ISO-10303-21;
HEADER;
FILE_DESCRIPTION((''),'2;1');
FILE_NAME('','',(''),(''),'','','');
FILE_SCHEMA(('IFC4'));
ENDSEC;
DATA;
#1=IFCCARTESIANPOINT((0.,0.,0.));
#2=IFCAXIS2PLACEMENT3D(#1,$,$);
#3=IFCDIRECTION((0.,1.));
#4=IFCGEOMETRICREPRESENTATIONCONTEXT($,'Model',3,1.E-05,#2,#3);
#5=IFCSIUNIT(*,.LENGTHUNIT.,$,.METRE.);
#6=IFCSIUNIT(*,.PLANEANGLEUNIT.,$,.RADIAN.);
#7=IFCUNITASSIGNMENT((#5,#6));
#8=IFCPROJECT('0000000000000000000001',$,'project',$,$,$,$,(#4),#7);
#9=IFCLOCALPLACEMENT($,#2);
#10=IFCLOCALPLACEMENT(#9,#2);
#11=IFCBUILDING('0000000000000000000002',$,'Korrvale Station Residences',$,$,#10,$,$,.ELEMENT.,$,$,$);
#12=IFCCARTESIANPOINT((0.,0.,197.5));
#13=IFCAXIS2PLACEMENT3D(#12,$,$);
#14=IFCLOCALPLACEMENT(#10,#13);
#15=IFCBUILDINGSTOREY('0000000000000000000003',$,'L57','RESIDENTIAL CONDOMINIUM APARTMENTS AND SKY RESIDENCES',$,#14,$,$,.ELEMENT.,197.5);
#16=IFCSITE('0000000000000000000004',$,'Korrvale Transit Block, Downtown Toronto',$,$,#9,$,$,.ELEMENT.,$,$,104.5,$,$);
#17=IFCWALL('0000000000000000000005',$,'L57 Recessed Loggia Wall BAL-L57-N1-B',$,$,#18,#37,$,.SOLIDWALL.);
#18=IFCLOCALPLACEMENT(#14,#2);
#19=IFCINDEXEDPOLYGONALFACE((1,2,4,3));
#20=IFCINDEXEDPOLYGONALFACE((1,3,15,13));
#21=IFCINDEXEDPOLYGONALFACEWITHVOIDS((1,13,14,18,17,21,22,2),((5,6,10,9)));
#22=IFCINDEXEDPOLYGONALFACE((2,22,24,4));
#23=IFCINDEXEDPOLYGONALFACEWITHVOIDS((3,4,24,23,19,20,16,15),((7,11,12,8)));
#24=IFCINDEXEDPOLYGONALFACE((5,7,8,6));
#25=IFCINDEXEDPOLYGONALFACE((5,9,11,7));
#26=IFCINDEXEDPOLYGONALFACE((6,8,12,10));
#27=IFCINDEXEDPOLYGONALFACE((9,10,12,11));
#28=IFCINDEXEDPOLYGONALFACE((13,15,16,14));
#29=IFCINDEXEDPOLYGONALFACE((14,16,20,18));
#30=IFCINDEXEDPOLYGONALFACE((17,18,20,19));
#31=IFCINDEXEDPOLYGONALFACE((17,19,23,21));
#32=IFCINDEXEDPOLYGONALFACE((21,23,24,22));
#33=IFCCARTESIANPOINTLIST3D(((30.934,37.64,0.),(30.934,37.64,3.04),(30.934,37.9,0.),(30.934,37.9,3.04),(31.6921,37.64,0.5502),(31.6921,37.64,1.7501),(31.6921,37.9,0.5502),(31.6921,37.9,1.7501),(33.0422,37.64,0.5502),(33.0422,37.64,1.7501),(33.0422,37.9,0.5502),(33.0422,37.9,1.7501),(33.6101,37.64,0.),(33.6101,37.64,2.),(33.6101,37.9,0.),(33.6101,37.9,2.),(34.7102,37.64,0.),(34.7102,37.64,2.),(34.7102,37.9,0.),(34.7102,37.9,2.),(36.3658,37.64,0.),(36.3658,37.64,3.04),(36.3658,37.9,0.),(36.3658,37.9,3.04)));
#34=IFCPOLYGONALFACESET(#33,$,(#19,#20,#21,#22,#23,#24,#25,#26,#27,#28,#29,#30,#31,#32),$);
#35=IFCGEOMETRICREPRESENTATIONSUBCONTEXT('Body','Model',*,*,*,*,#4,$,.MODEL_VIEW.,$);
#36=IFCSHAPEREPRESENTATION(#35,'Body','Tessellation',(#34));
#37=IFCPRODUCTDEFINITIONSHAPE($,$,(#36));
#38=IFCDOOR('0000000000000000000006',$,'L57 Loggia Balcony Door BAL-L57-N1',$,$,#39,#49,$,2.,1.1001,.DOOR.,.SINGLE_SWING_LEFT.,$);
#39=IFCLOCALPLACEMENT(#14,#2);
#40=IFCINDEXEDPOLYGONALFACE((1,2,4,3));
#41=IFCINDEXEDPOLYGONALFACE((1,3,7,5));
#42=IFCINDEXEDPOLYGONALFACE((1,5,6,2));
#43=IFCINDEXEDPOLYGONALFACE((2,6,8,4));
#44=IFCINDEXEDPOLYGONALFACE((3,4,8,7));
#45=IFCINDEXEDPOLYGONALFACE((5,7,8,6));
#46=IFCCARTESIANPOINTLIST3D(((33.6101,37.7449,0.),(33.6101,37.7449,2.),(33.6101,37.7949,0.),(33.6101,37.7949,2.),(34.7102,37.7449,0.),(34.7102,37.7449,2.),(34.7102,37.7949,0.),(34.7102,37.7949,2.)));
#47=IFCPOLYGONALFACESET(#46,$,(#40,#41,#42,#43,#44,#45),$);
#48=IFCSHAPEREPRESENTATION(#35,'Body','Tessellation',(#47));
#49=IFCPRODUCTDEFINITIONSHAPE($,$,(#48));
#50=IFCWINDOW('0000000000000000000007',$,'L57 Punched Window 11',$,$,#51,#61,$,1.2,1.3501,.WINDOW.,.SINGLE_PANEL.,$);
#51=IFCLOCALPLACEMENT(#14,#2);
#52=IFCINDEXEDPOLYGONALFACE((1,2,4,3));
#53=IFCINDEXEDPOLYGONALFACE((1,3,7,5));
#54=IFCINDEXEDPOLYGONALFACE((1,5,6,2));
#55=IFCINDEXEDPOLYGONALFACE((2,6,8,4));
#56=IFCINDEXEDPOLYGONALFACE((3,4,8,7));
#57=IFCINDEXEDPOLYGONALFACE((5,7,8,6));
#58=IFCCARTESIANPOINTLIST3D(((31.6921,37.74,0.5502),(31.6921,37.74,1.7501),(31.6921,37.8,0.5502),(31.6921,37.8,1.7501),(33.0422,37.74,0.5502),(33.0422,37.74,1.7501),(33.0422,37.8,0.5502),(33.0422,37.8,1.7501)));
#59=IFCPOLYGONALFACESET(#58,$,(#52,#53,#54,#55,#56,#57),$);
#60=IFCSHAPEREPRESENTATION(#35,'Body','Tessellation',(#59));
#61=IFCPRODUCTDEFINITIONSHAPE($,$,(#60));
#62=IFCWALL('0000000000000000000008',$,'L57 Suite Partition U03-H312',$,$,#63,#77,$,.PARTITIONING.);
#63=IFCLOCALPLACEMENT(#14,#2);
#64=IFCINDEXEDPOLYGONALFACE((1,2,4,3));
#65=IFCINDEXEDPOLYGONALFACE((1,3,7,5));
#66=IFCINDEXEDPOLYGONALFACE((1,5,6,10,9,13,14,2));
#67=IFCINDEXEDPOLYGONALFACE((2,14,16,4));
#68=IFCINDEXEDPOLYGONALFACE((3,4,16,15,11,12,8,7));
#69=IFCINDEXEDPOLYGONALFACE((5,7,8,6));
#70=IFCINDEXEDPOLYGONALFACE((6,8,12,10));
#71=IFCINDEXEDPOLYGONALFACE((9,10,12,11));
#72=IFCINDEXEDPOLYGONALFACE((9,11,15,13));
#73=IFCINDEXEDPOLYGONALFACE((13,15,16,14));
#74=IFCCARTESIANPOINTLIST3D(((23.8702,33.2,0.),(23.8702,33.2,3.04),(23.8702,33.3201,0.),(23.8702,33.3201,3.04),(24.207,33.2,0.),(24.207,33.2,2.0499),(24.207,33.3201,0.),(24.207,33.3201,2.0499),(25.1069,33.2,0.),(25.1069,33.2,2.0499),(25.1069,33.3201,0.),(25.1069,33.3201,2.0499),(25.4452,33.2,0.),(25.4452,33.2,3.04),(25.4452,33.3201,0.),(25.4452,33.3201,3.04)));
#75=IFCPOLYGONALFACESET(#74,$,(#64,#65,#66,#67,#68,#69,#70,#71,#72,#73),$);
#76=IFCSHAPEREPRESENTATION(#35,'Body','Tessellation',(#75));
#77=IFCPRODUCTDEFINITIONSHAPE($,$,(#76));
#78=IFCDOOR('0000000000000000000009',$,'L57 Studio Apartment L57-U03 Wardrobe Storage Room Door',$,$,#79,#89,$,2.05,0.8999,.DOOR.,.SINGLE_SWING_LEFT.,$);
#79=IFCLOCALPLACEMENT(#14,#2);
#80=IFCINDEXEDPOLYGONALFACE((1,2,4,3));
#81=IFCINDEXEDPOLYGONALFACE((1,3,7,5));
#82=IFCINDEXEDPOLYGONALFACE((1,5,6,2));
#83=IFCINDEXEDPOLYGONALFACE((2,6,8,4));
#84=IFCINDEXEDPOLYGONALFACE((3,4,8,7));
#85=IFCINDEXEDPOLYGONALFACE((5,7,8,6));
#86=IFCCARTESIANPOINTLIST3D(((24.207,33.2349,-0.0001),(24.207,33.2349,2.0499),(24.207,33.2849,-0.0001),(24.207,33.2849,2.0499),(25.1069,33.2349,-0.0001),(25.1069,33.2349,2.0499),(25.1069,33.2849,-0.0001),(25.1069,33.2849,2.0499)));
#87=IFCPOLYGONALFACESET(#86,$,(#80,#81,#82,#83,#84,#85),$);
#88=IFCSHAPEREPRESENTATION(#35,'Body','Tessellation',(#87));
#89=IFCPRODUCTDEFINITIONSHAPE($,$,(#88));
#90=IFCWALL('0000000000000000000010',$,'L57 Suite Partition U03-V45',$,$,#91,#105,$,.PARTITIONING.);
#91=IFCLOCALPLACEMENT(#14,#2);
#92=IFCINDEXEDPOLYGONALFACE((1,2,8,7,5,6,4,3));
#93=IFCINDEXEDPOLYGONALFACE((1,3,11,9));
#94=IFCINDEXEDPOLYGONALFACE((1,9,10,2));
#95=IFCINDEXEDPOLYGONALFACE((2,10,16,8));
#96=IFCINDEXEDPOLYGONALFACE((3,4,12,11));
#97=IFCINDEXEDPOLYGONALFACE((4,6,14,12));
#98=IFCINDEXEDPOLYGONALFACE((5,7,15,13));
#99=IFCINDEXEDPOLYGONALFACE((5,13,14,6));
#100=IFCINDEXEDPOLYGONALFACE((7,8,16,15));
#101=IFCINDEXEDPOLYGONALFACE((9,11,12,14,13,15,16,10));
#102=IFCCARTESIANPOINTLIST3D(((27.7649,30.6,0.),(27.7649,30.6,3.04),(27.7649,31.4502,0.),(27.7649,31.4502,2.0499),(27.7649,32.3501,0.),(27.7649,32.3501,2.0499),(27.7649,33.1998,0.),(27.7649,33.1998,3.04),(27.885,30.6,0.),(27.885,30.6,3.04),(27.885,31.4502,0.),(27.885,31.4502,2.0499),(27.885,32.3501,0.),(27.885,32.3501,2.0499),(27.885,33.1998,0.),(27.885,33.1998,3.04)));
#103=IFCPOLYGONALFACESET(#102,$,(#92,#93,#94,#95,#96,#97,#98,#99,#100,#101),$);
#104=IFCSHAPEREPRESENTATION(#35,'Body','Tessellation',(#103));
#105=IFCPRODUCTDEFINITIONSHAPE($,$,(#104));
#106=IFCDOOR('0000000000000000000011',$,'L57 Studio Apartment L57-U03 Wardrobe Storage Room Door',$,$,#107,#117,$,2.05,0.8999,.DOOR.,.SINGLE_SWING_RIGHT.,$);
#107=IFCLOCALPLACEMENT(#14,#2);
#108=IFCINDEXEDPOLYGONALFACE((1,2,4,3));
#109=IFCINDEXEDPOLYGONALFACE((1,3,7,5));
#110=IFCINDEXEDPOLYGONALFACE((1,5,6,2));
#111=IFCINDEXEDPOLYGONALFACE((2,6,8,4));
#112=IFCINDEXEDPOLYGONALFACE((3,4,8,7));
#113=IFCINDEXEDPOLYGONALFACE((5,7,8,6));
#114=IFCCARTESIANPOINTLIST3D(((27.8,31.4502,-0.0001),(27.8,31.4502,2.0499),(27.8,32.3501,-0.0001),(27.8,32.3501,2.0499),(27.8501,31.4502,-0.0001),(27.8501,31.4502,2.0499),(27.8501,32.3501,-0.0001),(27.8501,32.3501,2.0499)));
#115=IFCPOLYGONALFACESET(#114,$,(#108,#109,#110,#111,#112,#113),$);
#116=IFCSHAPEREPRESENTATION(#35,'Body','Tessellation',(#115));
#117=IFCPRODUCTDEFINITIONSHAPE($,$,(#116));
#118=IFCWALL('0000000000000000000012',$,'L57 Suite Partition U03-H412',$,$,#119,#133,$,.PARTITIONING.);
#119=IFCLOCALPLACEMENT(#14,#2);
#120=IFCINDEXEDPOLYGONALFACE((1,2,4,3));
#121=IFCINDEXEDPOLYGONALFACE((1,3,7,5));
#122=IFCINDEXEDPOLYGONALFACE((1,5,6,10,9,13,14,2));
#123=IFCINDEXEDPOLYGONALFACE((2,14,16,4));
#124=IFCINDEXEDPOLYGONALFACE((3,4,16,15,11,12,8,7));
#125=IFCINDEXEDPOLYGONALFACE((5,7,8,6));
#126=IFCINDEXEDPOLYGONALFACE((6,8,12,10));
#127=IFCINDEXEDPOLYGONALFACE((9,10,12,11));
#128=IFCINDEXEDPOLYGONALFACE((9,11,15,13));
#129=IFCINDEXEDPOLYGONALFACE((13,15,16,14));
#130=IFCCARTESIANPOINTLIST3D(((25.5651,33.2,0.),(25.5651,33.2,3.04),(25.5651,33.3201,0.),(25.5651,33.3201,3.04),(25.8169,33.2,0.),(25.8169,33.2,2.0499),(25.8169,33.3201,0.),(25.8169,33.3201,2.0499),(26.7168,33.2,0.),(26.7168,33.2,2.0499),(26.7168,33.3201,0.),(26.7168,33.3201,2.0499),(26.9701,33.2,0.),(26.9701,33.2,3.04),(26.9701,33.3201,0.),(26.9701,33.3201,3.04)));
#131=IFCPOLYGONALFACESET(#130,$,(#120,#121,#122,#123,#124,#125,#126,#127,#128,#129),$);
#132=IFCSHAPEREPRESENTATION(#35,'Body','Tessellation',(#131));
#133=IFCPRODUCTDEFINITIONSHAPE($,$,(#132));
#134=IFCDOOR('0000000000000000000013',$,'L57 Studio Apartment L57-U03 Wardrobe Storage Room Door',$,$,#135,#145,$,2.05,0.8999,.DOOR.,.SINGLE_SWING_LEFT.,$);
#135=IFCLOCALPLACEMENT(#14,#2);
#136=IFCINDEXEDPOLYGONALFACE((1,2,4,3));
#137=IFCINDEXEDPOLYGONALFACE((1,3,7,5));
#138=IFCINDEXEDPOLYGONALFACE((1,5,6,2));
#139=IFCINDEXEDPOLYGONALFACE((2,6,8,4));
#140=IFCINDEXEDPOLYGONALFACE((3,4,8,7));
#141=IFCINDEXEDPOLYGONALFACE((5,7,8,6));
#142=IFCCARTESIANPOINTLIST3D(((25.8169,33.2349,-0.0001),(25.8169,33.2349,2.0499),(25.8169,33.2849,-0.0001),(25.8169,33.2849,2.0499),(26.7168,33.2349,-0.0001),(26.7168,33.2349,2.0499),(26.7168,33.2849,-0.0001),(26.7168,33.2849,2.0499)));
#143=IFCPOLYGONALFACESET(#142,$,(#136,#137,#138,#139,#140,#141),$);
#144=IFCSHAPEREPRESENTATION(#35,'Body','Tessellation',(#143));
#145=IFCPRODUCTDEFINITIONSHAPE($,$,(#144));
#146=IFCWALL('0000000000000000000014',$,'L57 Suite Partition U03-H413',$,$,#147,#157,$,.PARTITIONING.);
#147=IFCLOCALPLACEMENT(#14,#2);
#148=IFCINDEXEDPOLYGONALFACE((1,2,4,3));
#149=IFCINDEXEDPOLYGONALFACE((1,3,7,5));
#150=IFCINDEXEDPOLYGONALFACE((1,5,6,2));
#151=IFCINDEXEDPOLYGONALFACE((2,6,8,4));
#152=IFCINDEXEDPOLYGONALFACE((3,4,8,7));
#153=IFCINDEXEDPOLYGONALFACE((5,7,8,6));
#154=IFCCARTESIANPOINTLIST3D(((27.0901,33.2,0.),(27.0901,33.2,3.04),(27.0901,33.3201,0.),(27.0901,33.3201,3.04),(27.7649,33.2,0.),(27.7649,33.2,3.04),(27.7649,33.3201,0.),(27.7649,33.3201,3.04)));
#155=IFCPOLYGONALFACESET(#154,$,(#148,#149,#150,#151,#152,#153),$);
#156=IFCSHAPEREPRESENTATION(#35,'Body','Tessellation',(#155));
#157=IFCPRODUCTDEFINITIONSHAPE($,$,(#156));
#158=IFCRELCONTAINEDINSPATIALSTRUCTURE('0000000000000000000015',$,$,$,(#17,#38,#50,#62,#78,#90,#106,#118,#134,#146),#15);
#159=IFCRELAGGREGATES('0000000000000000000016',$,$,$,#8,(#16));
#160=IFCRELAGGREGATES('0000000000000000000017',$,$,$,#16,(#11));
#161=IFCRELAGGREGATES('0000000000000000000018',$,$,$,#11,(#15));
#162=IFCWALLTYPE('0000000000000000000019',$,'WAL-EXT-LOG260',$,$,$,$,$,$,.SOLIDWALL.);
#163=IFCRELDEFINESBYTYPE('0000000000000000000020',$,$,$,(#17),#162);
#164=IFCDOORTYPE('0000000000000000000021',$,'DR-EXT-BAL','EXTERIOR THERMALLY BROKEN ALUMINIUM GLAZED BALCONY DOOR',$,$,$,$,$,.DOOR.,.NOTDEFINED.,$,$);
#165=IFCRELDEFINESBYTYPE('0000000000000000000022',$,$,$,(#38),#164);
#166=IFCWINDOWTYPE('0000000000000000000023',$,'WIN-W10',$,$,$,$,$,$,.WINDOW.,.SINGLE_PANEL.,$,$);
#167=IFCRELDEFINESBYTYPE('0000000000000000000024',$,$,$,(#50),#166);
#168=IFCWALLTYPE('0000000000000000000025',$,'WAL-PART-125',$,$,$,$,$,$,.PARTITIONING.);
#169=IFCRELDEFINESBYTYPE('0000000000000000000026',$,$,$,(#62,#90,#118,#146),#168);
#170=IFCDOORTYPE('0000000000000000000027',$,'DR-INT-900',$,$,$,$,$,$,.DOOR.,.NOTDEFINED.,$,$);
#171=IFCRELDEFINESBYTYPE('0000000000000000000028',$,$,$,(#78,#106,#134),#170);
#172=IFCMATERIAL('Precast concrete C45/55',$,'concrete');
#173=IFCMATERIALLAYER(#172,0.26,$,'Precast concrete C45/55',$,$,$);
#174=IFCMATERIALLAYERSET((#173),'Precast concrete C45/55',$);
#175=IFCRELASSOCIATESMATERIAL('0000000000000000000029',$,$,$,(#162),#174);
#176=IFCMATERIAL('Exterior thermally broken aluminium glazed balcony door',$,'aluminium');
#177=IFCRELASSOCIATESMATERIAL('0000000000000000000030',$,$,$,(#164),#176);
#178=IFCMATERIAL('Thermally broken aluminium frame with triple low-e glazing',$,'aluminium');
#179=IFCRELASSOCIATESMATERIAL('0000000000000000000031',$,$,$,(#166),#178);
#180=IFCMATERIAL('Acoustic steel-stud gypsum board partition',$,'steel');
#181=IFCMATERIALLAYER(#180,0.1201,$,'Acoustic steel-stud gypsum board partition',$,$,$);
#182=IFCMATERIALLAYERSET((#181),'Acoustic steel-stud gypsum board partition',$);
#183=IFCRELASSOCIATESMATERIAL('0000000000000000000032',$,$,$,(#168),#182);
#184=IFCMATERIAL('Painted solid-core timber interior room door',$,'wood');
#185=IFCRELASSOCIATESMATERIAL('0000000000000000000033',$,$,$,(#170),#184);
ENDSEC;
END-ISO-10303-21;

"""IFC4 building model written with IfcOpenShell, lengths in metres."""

from ifc_helpers import new_model, si_unit, direction, frame, frame_2d, origin, place, context, subcontext, project, spatial, rectangle, extrude, material, layer, layer_set, type_object, element, fill, save


model = new_model("IFC4")

# Units and contexts
model_context = context("Model", 3, precision=1e-05, world=origin(), true_north=direction((0.0, 1.0)))
body_context = subcontext(model_context, "Body", "Model", "MODEL_VIEW")
ifc_project = project(units=[si_unit("LENGTHUNIT", "METRE"), si_unit("PLANEANGLEUNIT", "RADIAN")], contexts=[model_context])

# Site, building, storey
site_placement = place(None, origin())
site = spatial("IfcSite", under=ifc_project, at=site_placement, Name="Korrvale Transit Block, Downtown Toronto", CompositionType="ELEMENT", RefElevation=104.5)
building_placement = place(site_placement, origin())
building = spatial("IfcBuilding", under=site, at=building_placement, Name="Korrvale Station Residences", CompositionType="ELEMENT")
storey_placement = place(building_placement, frame((0.0, 0.0, 197.5)))
storey = spatial("IfcBuildingStorey", under=building, at=storey_placement, Name="L57", Description="RESIDENTIAL CONDOMINIUM APARTMENTS AND SKY RESIDENCES", CompositionType="ELEMENT", Elevation=197.5)

# Shared definitions
ifc_material_1 = material(Name="Precast concrete C45/55", Category="concrete")
ifc_layer_1 = layer(ifc_material_1, 0.26, Name="Precast concrete C45/55")
ifc_layer_set_1 = layer_set([ifc_layer_1], Name="Precast concrete C45/55")
wall_type_1 = type_object("IfcWallType", Name="WAL-EXT-LOG260", PredefinedType="SOLIDWALL", material=ifc_layer_set_1)

# Wall, openings, door, window
wall_1_placement = place(storey_placement, frame((30.9341, 37.77, 0.0), z_axis=(0.0, 0.0, 1.0), x_axis=(1.0, 0.0, 0.0)))
wall_1 = element("IfcWall", 1, at=wall_1_placement, inside=storey, type_object=wall_type_1, Name="L57 Recessed Loggia Wall BAL-L57-N1-B", PredefinedType="SOLIDWALL", context=body_context, shape_type="SweptSolid", body=[
    extrude(rectangle(XDim=5.4319, YDim=0.26, at=frame_2d((2.7158, 0.0))), origin(), (0.0, 0.0, 1.0), 3.04),
])
opening_1_placement = place(wall_1_placement, frame((2.676, 0.0, 0.0)))
opening_1 = element("IfcOpeningElement", 2, at=opening_1_placement, cuts=wall_1, PredefinedType="OPENING", context=body_context, shape_type="SweptSolid", body=[
    extrude(rectangle(XDim=1.1001, YDim=2.0, at=frame_2d((0.55, 1.0))), frame((0.0, 0.1401, 0.0), z_axis=(0.0, -1.0, 0.0), x_axis=(1.0, 0.0, 0.0)), (0.0, 0.0, 1.0), 0.28),
])
opening_2_placement = place(wall_1_placement, frame((0.7581, 0.0, 0.55)))
opening_2 = element("IfcOpeningElement", 3, at=opening_2_placement, cuts=wall_1, PredefinedType="OPENING", context=body_context, shape_type="SweptSolid", body=[
    extrude(rectangle(XDim=1.3501, YDim=1.2, at=frame_2d((0.675, 0.6001))), frame((0.0, 0.1401, 0.0), z_axis=(0.0, -1.0, 0.0), x_axis=(1.0, 0.0, 0.0)), (0.0, 0.0, 1.0), 0.28),
])
ifc_material_2 = material(Name="Exterior thermally broken aluminium glazed balcony door", Category="aluminium")
door_type_1 = type_object("IfcDoorType", Name="DR-EXT-BAL", Description="EXTERIOR THERMALLY BROKEN ALUMINIUM GLAZED BALCONY DOOR", OperationType="NOTDEFINED", PredefinedType="DOOR", material=ifc_material_2)
door_1_placement = place(opening_1_placement, origin())
door_1 = element("IfcDoor", 4, at=door_1_placement, inside=storey, type_object=door_type_1, Name="L57 Loggia Balcony Door BAL-L57-N1", OperationType="SINGLE_SWING_LEFT", OverallHeight=2.0, OverallWidth=1.1001, PredefinedType="DOOR", context=body_context, shape_type="SweptSolid", body=[
    extrude(rectangle(XDim=1.1001, YDim=2.0, at=frame_2d((0.55, 1.0))), frame((0.0, 0.0249, 0.0), z_axis=(0.0, -1.0, 0.0), x_axis=(1.0, 0.0, 0.0)), (0.0, 0.0, 1.0), 0.05),
])
fill(opening_1, door_1)
ifc_material_3 = material(Name="Thermally broken aluminium frame with triple low-e glazing", Category="aluminium")
window_type = type_object("IfcWindowType", Name="WIN-W10", PartitioningType="SINGLE_PANEL", PredefinedType="WINDOW", material=ifc_material_3)
window_placement = place(opening_2_placement, origin())
window = element("IfcWindow", 5, at=window_placement, inside=storey, type_object=window_type, Name="L57 Punched Window 11", OverallHeight=1.2, OverallWidth=1.3501, PartitioningType="SINGLE_PANEL", PredefinedType="WINDOW", context=body_context, shape_type="SweptSolid", body=[
    extrude(rectangle(XDim=1.3501, YDim=1.2, at=frame_2d((0.675, 0.6001))), frame((0.0, 0.03, 0.0), z_axis=(0.0, -1.0, 0.0), x_axis=(1.0, 0.0, 0.0)), (0.0, 0.0, 1.0), 0.0601),
])
fill(opening_2, window)

# Walls, openings, doors
ifc_material_4 = material(Name="Acoustic steel-stud gypsum board partition", Category="steel")
ifc_layer_2 = layer(ifc_material_4, 0.1201, Name="Acoustic steel-stud gypsum board partition")
ifc_layer_set_2 = layer_set([ifc_layer_2], Name="Acoustic steel-stud gypsum board partition")
wall_type_2 = type_object("IfcWallType", Name="WAL-PART-125", PredefinedType="PARTITIONING", material=ifc_layer_set_2)
wall_2_placement = place(storey_placement, frame((23.8701, 33.26, 0.0), z_axis=(0.0, 0.0, 1.0), x_axis=(1.0, 0.0, 0.0)))
wall_2 = element("IfcWall", 6, at=wall_2_placement, inside=storey, type_object=wall_type_2, Name="L57 Suite Partition U03-H312", PredefinedType="PARTITIONING", context=body_context, shape_type="SweptSolid", body=[
    extrude(rectangle(XDim=1.575, YDim=0.1201, at=frame_2d((0.7876, 0.0))), origin(), (0.0, 0.0, 1.0), 3.04),
])
opening_3_placement = place(wall_2_placement, frame((0.3369, 0.0, 0.0)))
opening_3 = element("IfcOpeningElement", 7, at=opening_3_placement, cuts=wall_2, PredefinedType="OPENING", context=body_context, shape_type="SweptSolid", body=[
    extrude(rectangle(XDim=0.8999, YDim=2.05, at=frame_2d((0.45, 1.0249))), frame((0.0, 0.0701, 0.0), z_axis=(0.0, -1.0, 0.0), x_axis=(1.0, 0.0, 0.0)), (0.0, 0.0, 1.0), 0.1401),
])
ifc_material_5 = material(Name="Painted solid-core timber interior room door", Category="wood")
door_type_2 = type_object("IfcDoorType", Name="DR-INT-900", OperationType="NOTDEFINED", PredefinedType="DOOR", material=ifc_material_5)
door_2_placement = place(opening_3_placement, origin())
door_2 = element("IfcDoor", 8, at=door_2_placement, inside=storey, type_object=door_type_2, Name="L57 Studio Apartment L57-U03 Wardrobe Storage Room Door", OperationType="SINGLE_SWING_LEFT", OverallHeight=2.05, OverallWidth=0.8999, PredefinedType="DOOR", context=body_context, shape_type="SweptSolid", body=[
    extrude(rectangle(XDim=0.8999, YDim=2.05, at=frame_2d((0.45, 1.0249))), frame((0.0, 0.0249, 0.0), z_axis=(0.0, -1.0, 0.0), x_axis=(1.0, 0.0, 0.0)), (0.0, 0.0, 1.0), 0.05),
])
fill(opening_3, door_2)
wall_3_placement = place(storey_placement, frame((27.825, 30.6001, 0.0), z_axis=(0.0, 0.0, 1.0), x_axis=(0.0, 1.0, 0.0)))
wall_3 = element("IfcWall", 9, at=wall_3_placement, inside=storey, type_object=wall_type_2, Name="L57 Suite Partition U03-V45", PredefinedType="PARTITIONING", context=body_context, shape_type="SweptSolid", body=[
    extrude(rectangle(XDim=2.5999, YDim=0.1201, at=frame_2d((1.2998, 0.0))), origin(), (0.0, 0.0, 1.0), 3.04),
])
opening_4_placement = place(wall_3_placement, frame((0.8501, 0.0, 0.0)))
opening_4 = element("IfcOpeningElement", 10, at=opening_4_placement, cuts=wall_3, PredefinedType="OPENING", context=body_context, shape_type="SweptSolid", body=[
    extrude(rectangle(XDim=0.8999, YDim=2.05, at=frame_2d((0.45, 1.0249))), frame((0.0, 0.0701, 0.0), z_axis=(0.0, -1.0, 0.0), x_axis=(1.0, 0.0, 0.0)), (0.0, 0.0, 1.0), 0.1401),
])
door_3_placement = place(opening_4_placement, origin())
door_3 = element("IfcDoor", 11, at=door_3_placement, inside=storey, type_object=door_type_2, Name="L57 Studio Apartment L57-U03 Wardrobe Storage Room Door", OperationType="SINGLE_SWING_RIGHT", OverallHeight=2.05, OverallWidth=0.8999, PredefinedType="DOOR", context=body_context, shape_type="SweptSolid", body=[
    extrude(rectangle(XDim=0.8999, YDim=2.05, at=frame_2d((0.45, 1.0249))), frame((0.0, 0.0249, 0.0), z_axis=(0.0, -1.0, 0.0), x_axis=(1.0, 0.0, 0.0)), (0.0, 0.0, 1.0), 0.05),
])
fill(opening_4, door_3)
wall_4_placement = place(storey_placement, frame((25.5649, 33.26, 0.0), z_axis=(0.0, 0.0, 1.0), x_axis=(1.0, 0.0, 0.0)))
wall_4 = element("IfcWall", 12, at=wall_4_placement, inside=storey, type_object=wall_type_2, Name="L57 Suite Partition U03-H412", PredefinedType="PARTITIONING", context=body_context, shape_type="SweptSolid", body=[
    extrude(rectangle(XDim=1.405, YDim=0.1201, at=frame_2d((0.7026, 0.0))), origin(), (0.0, 0.0, 1.0), 3.04),
])
opening_5_placement = place(wall_4_placement, frame((0.252, 0.0, 0.0)))
opening_5 = element("IfcOpeningElement", 13, at=opening_5_placement, cuts=wall_4, PredefinedType="OPENING", context=body_context, shape_type="SweptSolid", body=[
    extrude(rectangle(XDim=0.8999, YDim=2.05, at=frame_2d((0.45, 1.0249))), frame((0.0, 0.0701, 0.0), z_axis=(0.0, -1.0, 0.0), x_axis=(1.0, 0.0, 0.0)), (0.0, 0.0, 1.0), 0.1401),
])
door_4_placement = place(opening_5_placement, origin())
door_4 = element("IfcDoor", 14, at=door_4_placement, inside=storey, type_object=door_type_2, Name="L57 Studio Apartment L57-U03 Wardrobe Storage Room Door", OperationType="SINGLE_SWING_LEFT", OverallHeight=2.05, OverallWidth=0.8999, PredefinedType="DOOR", context=body_context, shape_type="SweptSolid", body=[
    extrude(rectangle(XDim=0.8999, YDim=2.05, at=frame_2d((0.45, 1.0249))), frame((0.0, 0.0249, 0.0), z_axis=(0.0, -1.0, 0.0), x_axis=(1.0, 0.0, 0.0)), (0.0, 0.0, 1.0), 0.05),
])
fill(opening_5, door_4)

# Wall
wall_5_placement = place(storey_placement, frame((27.0901, 33.26, 0.0), z_axis=(0.0, 0.0, 1.0), x_axis=(1.0, 0.0, 0.0)))
element("IfcWall", 15, at=wall_5_placement, inside=storey, type_object=wall_type_2, Name="L57 Suite Partition U03-H413", PredefinedType="PARTITIONING", context=body_context, shape_type="SweptSolid", body=[
    extrude(rectangle(XDim=0.6748, YDim=0.1201, at=frame_2d((0.3374, 0.0))), origin(), (0.0, 0.0, 1.0), 3.04),
])

save(model, "model.ifc")
